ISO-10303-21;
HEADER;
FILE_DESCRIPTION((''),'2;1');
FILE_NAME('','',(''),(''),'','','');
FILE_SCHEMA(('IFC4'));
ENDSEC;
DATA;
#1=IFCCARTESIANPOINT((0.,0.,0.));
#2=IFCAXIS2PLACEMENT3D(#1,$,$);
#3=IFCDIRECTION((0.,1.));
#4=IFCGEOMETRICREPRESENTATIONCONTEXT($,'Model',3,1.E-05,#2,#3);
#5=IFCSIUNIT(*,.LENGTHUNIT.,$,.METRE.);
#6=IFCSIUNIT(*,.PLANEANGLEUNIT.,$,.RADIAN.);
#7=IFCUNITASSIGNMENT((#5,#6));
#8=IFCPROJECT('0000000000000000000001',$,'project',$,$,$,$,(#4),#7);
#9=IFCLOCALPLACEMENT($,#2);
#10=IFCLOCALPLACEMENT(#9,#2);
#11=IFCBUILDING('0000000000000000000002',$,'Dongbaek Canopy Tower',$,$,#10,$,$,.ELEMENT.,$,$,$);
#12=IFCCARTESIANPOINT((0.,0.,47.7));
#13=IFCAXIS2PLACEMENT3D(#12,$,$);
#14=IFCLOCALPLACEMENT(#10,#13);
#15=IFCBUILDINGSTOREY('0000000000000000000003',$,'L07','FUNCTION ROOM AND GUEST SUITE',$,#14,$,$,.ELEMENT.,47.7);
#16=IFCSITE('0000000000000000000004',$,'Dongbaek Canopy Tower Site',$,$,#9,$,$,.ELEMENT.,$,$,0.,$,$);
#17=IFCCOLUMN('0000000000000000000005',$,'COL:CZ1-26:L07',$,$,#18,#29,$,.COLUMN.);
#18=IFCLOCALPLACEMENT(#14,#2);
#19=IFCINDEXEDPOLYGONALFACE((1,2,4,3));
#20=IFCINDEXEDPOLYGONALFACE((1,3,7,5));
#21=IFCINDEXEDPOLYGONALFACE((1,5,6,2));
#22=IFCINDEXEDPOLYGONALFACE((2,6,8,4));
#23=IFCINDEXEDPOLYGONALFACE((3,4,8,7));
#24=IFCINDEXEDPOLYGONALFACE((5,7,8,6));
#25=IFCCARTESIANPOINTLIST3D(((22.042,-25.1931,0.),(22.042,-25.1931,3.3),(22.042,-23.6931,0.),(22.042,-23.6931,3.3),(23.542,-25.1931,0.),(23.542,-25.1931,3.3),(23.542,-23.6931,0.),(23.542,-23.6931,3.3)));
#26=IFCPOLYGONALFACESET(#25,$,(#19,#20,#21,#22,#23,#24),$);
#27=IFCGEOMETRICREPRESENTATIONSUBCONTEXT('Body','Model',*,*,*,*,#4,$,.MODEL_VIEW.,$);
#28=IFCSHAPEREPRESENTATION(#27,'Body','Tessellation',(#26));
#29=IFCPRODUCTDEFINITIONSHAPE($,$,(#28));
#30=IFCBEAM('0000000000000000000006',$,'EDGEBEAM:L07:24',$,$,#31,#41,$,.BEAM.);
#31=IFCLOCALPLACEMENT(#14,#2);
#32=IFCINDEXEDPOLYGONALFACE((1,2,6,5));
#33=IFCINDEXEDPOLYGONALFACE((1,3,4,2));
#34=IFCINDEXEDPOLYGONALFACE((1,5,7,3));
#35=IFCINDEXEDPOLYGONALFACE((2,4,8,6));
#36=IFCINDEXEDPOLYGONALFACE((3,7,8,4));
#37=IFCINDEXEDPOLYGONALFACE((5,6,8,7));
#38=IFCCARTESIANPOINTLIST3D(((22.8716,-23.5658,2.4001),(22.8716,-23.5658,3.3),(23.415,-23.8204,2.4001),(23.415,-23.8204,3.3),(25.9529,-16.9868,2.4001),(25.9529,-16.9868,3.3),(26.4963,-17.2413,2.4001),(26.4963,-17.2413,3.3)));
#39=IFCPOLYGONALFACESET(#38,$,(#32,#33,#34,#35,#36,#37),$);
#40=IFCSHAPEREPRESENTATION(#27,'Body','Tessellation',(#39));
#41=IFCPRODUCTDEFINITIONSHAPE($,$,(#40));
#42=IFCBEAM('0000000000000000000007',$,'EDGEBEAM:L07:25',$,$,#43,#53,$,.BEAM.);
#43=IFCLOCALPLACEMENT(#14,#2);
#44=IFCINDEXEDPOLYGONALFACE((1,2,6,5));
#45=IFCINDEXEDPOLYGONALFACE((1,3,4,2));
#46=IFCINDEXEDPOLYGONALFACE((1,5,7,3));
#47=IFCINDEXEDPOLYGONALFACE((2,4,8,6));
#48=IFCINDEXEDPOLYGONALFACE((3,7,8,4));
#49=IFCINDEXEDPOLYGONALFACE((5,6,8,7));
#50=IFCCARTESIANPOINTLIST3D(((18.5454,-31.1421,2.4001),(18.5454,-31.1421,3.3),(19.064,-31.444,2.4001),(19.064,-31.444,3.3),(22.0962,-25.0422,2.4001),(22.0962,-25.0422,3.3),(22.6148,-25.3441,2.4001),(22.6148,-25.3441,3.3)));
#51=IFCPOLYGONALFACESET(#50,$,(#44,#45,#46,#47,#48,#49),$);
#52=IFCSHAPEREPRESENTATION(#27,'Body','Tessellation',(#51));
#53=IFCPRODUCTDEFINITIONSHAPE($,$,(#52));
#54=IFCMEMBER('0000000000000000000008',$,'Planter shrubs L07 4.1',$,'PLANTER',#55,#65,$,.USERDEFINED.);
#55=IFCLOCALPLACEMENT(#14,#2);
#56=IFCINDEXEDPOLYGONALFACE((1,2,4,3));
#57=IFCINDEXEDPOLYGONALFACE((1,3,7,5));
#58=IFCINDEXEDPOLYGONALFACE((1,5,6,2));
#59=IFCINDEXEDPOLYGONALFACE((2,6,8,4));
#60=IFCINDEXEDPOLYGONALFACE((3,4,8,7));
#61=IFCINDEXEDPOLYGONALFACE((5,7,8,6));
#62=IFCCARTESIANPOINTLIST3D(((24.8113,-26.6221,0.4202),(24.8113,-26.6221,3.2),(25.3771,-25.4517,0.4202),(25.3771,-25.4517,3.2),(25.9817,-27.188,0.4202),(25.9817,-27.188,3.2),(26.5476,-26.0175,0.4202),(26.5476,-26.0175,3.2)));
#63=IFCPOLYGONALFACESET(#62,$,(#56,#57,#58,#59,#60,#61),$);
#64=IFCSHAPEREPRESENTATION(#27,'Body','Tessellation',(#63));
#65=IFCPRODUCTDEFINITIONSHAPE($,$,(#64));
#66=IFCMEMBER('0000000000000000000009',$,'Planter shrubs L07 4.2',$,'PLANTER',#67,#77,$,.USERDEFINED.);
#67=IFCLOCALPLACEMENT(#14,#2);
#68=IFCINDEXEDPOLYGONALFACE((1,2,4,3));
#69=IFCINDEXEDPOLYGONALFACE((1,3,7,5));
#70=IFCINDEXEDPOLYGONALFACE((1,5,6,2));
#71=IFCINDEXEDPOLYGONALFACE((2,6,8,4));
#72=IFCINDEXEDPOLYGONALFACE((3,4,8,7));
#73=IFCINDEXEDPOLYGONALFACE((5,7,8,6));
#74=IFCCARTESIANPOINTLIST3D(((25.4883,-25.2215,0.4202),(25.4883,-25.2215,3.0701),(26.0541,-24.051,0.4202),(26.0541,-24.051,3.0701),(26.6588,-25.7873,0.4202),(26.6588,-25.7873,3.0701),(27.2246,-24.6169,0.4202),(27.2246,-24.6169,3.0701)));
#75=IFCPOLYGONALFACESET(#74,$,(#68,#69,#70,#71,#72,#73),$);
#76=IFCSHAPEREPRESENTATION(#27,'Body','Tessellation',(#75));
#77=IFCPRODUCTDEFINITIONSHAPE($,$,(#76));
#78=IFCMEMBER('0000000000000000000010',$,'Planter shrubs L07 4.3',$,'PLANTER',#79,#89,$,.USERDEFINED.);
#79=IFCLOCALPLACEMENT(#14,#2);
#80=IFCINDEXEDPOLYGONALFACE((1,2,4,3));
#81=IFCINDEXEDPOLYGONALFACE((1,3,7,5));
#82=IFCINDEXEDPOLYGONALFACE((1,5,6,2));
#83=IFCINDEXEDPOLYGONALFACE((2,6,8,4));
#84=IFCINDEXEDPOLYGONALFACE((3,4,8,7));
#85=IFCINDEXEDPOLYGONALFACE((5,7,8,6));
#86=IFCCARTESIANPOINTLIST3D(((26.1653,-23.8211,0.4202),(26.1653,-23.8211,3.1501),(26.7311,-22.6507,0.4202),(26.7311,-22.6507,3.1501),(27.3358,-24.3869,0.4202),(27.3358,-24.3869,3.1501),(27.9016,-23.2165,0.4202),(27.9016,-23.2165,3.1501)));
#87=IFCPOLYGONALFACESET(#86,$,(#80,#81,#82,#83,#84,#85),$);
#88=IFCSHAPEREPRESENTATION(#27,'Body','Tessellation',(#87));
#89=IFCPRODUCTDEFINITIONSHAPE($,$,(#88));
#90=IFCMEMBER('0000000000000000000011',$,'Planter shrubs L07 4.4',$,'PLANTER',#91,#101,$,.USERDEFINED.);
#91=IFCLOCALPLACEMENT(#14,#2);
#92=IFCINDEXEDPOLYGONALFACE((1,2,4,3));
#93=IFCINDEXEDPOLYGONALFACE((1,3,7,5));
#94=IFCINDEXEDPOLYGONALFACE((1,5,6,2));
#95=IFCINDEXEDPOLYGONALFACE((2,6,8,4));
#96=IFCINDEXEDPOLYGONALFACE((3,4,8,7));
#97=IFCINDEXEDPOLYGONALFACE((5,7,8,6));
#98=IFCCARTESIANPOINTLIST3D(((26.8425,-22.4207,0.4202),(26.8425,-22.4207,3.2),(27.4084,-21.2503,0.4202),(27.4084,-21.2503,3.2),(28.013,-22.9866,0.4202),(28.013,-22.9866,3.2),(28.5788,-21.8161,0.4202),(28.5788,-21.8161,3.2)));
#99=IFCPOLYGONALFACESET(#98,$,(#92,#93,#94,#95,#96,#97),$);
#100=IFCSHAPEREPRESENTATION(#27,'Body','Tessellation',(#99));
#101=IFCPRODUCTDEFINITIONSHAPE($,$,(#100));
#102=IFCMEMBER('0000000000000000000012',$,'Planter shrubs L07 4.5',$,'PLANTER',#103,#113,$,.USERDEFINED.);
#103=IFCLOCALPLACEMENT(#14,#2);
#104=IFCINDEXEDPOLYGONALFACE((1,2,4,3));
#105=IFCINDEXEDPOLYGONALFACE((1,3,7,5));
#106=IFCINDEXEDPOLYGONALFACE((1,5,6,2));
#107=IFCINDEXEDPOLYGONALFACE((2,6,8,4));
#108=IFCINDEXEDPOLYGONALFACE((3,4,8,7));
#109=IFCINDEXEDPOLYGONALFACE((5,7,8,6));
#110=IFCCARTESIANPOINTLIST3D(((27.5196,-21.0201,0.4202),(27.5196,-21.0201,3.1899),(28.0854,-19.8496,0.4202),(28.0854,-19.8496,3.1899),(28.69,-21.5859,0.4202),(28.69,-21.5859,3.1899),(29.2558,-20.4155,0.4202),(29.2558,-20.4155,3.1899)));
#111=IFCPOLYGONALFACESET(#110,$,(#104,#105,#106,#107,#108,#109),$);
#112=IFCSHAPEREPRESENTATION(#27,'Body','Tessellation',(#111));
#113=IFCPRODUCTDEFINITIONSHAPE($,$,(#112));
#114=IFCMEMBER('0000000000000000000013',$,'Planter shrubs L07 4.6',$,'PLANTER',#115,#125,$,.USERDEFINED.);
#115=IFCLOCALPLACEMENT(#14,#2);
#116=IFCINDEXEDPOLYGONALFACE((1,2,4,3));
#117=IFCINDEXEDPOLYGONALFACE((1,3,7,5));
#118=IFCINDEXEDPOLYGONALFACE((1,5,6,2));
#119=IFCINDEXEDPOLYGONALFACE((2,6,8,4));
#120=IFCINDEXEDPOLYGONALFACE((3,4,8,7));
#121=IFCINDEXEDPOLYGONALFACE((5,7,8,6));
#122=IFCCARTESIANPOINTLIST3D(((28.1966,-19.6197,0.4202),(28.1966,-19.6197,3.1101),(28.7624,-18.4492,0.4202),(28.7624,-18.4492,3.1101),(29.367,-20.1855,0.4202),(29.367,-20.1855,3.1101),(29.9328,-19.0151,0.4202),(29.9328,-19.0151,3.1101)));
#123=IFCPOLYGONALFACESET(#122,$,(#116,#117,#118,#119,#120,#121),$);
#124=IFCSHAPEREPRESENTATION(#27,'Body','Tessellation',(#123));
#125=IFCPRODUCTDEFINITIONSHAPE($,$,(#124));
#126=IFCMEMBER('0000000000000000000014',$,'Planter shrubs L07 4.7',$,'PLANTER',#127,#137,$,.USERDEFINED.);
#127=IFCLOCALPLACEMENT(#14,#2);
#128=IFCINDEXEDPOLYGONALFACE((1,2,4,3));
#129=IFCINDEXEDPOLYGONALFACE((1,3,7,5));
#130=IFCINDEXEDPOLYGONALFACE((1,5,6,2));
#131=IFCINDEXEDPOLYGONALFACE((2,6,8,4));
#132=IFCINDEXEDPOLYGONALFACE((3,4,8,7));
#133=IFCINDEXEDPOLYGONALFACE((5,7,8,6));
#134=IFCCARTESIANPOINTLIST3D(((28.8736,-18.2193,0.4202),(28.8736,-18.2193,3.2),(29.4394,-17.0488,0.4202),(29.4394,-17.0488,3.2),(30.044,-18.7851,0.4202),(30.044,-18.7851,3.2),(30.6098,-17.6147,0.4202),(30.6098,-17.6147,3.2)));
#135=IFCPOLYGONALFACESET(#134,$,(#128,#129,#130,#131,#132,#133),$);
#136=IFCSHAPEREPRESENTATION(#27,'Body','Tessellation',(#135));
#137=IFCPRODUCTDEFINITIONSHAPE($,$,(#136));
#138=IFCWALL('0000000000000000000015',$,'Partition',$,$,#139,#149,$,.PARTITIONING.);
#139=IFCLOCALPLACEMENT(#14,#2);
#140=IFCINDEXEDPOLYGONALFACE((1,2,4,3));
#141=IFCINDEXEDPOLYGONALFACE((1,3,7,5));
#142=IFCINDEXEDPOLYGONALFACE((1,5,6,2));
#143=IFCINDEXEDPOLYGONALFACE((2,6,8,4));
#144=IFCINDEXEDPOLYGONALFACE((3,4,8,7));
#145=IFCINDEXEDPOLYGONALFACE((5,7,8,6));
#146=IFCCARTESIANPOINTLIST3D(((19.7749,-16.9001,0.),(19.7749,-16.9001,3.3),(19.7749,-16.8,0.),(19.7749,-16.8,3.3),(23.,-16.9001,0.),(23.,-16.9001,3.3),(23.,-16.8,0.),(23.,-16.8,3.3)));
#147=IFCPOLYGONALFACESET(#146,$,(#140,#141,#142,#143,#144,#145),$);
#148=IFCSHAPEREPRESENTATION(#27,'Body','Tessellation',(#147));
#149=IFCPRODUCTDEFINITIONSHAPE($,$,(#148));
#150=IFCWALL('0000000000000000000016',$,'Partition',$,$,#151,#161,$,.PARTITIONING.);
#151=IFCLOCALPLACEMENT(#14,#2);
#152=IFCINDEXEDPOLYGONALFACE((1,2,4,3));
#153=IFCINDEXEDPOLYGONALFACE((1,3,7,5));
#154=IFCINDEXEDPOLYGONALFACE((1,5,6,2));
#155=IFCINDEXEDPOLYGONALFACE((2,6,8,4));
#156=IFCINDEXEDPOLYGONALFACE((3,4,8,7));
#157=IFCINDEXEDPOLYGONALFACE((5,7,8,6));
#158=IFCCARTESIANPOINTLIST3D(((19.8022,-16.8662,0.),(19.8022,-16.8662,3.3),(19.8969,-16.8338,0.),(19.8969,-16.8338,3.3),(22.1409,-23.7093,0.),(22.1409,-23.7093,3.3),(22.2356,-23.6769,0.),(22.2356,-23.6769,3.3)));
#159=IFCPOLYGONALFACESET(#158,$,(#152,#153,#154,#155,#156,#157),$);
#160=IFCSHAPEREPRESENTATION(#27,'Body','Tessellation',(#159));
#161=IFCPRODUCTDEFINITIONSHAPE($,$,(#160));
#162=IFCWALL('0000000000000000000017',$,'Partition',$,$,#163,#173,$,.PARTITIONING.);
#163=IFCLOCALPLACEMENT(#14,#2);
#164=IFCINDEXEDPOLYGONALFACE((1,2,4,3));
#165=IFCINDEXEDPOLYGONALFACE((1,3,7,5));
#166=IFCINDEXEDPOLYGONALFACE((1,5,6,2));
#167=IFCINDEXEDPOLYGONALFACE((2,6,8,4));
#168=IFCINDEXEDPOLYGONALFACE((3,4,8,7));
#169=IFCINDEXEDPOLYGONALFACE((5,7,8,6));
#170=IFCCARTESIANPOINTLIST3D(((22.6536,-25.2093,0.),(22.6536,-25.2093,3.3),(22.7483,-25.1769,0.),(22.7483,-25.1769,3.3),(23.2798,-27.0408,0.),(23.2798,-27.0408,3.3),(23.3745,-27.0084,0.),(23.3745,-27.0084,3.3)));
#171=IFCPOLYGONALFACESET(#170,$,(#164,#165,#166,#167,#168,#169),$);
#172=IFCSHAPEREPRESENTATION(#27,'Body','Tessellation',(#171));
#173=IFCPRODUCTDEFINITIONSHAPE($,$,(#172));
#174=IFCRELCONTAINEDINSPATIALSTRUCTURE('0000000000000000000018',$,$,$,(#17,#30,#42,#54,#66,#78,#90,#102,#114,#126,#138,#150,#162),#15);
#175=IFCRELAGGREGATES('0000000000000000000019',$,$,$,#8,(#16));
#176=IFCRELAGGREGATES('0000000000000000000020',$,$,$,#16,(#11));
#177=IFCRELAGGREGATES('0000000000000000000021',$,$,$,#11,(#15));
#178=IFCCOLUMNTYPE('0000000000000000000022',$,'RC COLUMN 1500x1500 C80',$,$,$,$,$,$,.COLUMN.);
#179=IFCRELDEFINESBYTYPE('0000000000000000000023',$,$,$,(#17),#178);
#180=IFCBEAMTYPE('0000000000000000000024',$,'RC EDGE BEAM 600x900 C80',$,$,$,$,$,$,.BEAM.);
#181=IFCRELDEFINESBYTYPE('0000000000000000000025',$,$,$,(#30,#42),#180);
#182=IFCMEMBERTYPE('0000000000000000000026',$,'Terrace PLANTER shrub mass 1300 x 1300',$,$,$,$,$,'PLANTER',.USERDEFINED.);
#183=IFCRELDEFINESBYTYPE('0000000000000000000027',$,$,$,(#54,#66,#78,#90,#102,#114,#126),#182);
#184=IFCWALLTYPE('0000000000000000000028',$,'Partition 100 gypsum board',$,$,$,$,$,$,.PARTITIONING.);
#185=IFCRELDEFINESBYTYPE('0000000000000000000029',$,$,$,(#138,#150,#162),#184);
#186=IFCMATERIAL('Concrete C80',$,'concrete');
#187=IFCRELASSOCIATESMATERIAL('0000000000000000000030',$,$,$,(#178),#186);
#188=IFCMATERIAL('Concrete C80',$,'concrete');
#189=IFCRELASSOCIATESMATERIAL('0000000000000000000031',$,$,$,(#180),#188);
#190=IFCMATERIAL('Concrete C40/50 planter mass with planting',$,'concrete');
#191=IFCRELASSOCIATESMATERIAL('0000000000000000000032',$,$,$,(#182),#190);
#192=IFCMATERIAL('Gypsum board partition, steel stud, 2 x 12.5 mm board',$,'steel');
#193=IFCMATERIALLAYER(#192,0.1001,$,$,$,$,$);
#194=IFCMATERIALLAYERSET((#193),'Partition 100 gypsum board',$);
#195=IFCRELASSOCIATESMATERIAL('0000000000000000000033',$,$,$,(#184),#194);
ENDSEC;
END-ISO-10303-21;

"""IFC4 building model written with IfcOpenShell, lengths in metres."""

from ifc_helpers import new_model, si_unit, direction, frame, frame_2d, origin, origin_2d, place, context, subcontext, project, spatial, rectangle, extrude, material, layer, layer_set, material_profile, profile_set, type_object, element, save


model = new_model("IFC4")

# Units and contexts
model_context = context("Model", 3, precision=1e-05, world=origin(), true_north=direction((0.0, 1.0)))
body_context = subcontext(model_context, "Body", "Model", "MODEL_VIEW")
ifc_project = project(units=[si_unit("LENGTHUNIT", "METRE"), si_unit("PLANEANGLEUNIT", "RADIAN")], contexts=[model_context])

# Site, building, storey
site_placement = place(None, origin())
site = spatial("IfcSite", under=ifc_project, at=site_placement, Name="Dongbaek Canopy Tower Site", CompositionType="ELEMENT", RefElevation=0.0)
building_placement = place(site_placement, origin())
building = spatial("IfcBuilding", under=site, at=building_placement, Name="Dongbaek Canopy Tower", CompositionType="ELEMENT")
storey_placement = place(building_placement, frame((0.0, 0.0, 47.7)))
storey = spatial("IfcBuildingStorey", under=building, at=storey_placement, Name="L07", Description="FUNCTION ROOM AND GUEST SUITE", CompositionType="ELEMENT", Elevation=47.7)

# Column
ifc_material_1 = material(Name="Concrete C80", Category="concrete")
ifc_material_profile_1 = material_profile(ifc_material_1, rectangle(XDim=1.5, YDim=1.5, at=origin_2d()), Name="RC COLUMN 1500x1500 C80")
ifc_profile_set_1 = profile_set([ifc_material_profile_1], Name="Concrete C80")
column_type = type_object("IfcColumnType", Name="RC COLUMN 1500x1500 C80", PredefinedType="COLUMN", material=ifc_profile_set_1)
column_placement = place(storey_placement, frame((22.792, -24.4431, 0.0), z_axis=(0.0, 0.0, 1.0), x_axis=(1.0, 0.0, 0.0)))
element("IfcColumn", 1, at=column_placement, inside=storey, type_object=column_type, Name="COL:CZ1-26:L07", PredefinedType="COLUMN", context=body_context, shape_type="SweptSolid", body=[
    extrude(rectangle(XDim=1.5, YDim=1.5, at=origin_2d()), origin(), (0.0, 0.0, 1.0), 3.3),
])

# Beams
ifc_material_2 = material(Name="Concrete C80", Category="concrete")
ifc_material_profile_2 = material_profile(ifc_material_2, rectangle(XDim=0.6001, YDim=0.8999, at=origin_2d()), Name="RC EDGE BEAM 600x900 C80")
ifc_profile_set_2 = profile_set([ifc_material_profile_2], Name="Concrete C80")
beam_type = type_object("IfcBeamType", Name="RC EDGE BEAM 600x900 C80", PredefinedType="BEAM", material=ifc_profile_set_2)
beam_1_placement = place(storey_placement, frame((26.2246, -17.114, 2.8501), z_axis=(-0.424134, -0.905599, 0.0), x_axis=(0.905599, -0.424134, 0.0)))
element("IfcBeam", 2, at=beam_1_placement, inside=storey, type_object=beam_type, Name="EDGEBEAM:L07:24", PredefinedType="BEAM", context=body_context, shape_type="SweptSolid", body=[
    extrude(rectangle(XDim=0.6001, YDim=0.8999, at=origin_2d()), origin(), (0.0, 0.0, 1.0), 7.2649),
])
beam_2_placement = place(storey_placement, frame((22.3555, -25.1931, 2.8501), z_axis=(-0.503082, -0.864239, 0.0), x_axis=(0.864239, -0.503082, 0.0)))
element("IfcBeam", 3, at=beam_2_placement, inside=storey, type_object=beam_type, Name="EDGEBEAM:L07:25", PredefinedType="BEAM", context=body_context, shape_type="SweptSolid", body=[
    extrude(rectangle(XDim=0.6001, YDim=0.8999, at=origin_2d()), origin(), (0.0, 0.0, 1.0), 7.0581),
])

# Members
ifc_material_3 = material(Name="Concrete C40/50 planter mass with planting", Category="concrete")
ifc_material_profile_3 = material_profile(ifc_material_3, rectangle(XDim=1.3, YDim=1.3, at=origin_2d()), Name="Terrace PLANTER shrub mass 1300 x 1300")
ifc_profile_set_3 = profile_set([ifc_material_profile_3], Name="Concrete C40/50 planter mass with planting")
member_type = type_object("IfcMemberType", Name="Terrace PLANTER shrub mass 1300 x 1300", ElementType="PLANTER", PredefinedType="USERDEFINED", material=ifc_profile_set_3)
member_1_placement = place(storey_placement, frame((25.6794, -26.3198, 0.4202), z_axis=(0.0, 0.0, 1.0), x_axis=(0.900312, -0.435245, 0.0)))
element("IfcMember", 4, at=member_1_placement, inside=storey, type_object=member_type, Name="Planter shrubs L07 4.1", ObjectType="PLANTER", PredefinedType="USERDEFINED", context=body_context, shape_type="SweptSolid", body=[
    extrude(rectangle(XDim=1.3, YDim=1.3, at=origin_2d()), origin(), (0.0, 0.0, 1.0), 2.7798),
])
member_2_placement = place(storey_placement, frame((26.3564, -24.9192, 0.4202), z_axis=(0.0, 0.0, 1.0), x_axis=(0.900312, -0.435245, 0.0)))
element("IfcMember", 5, at=member_2_placement, inside=storey, type_object=member_type, Name="Planter shrubs L07 4.2", ObjectType="PLANTER", PredefinedType="USERDEFINED", context=body_context, shape_type="SweptSolid", body=[
    extrude(rectangle(XDim=1.3, YDim=1.3, at=origin_2d()), origin(), (0.0, 0.0, 1.0), 2.6499),
])
member_3_placement = place(storey_placement, frame((27.0334, -23.5188, 0.4202), z_axis=(0.0, 0.0, 1.0), x_axis=(0.900312, -0.435245, 0.0)))
element("IfcMember", 6, at=member_3_placement, inside=storey, type_object=member_type, Name="Planter shrubs L07 4.3", ObjectType="PLANTER", PredefinedType="USERDEFINED", context=body_context, shape_type="SweptSolid", body=[
    extrude(rectangle(XDim=1.3, YDim=1.3, at=origin_2d()), origin(), (0.0, 0.0, 1.0), 2.73),
])
member_4_placement = place(storey_placement, frame((27.7107, -22.1184, 0.4202), z_axis=(0.0, 0.0, 1.0), x_axis=(0.900312, -0.435245, 0.0)))
element("IfcMember", 7, at=member_4_placement, inside=storey, type_object=member_type, Name="Planter shrubs L07 4.4", ObjectType="PLANTER", PredefinedType="USERDEFINED", context=body_context, shape_type="SweptSolid", body=[
    extrude(rectangle(XDim=1.3, YDim=1.3, at=origin_2d()), origin(), (0.0, 0.0, 1.0), 2.7798),
])
member_5_placement = place(storey_placement, frame((28.3877, -20.7178, 0.4202), z_axis=(0.0, 0.0, 1.0), x_axis=(0.900312, -0.435245, 0.0)))
element("IfcMember", 8, at=member_5_placement, inside=storey, type_object=member_type, Name="Planter shrubs L07 4.5", ObjectType="PLANTER", PredefinedType="USERDEFINED", context=body_context, shape_type="SweptSolid", body=[
    extrude(rectangle(XDim=1.3, YDim=1.3, at=origin_2d()), origin(), (0.0, 0.0, 1.0), 2.7698),
])
member_6_placement = place(storey_placement, frame((29.0647, -19.3174, 0.4202), z_axis=(0.0, 0.0, 1.0), x_axis=(0.900312, -0.435245, 0.0)))
element("IfcMember", 9, at=member_6_placement, inside=storey, type_object=member_type, Name="Planter shrubs L07 4.6", ObjectType="PLANTER", PredefinedType="USERDEFINED", context=body_context, shape_type="SweptSolid", body=[
    extrude(rectangle(XDim=1.3, YDim=1.3, at=origin_2d()), origin(), (0.0, 0.0, 1.0), 2.6899),
])
member_7_placement = place(storey_placement, frame((29.7417, -17.917, 0.4202), z_axis=(0.0, 0.0, 1.0), x_axis=(0.900312, -0.435245, 0.0)))
element("IfcMember", 10, at=member_7_placement, inside=storey, type_object=member_type, Name="Planter shrubs L07 4.7", ObjectType="PLANTER", PredefinedType="USERDEFINED", context=body_context, shape_type="SweptSolid", body=[
    extrude(rectangle(XDim=1.3, YDim=1.3, at=origin_2d()), origin(), (0.0, 0.0, 1.0), 2.7798),
])

# Walls
ifc_material_4 = material(Name="Gypsum board partition, steel stud, 2 x 12.5 mm board", Category="steel")
ifc_layer = layer(ifc_material_4, 0.1001)
ifc_layer_set = layer_set([ifc_layer], Name="Partition 100 gypsum board")
wall_type = type_object("IfcWallType", Name="Partition 100 gypsum board", PredefinedType="PARTITIONING", material=ifc_layer_set)
wall_1_placement = place(storey_placement, frame((19.7749, -16.8501, 0.0), z_axis=(0.0, 0.0, 1.0), x_axis=(1.0, 0.0, 0.0)))
element("IfcWall", 11, at=wall_1_placement, inside=storey, type_object=wall_type, Name="Partition", PredefinedType="PARTITIONING", context=body_context, shape_type="SweptSolid", body=[
    extrude(rectangle(XDim=3.2251, YDim=0.1001, at=frame_2d((1.6125, 0.0))), origin(), (0.0, 0.0, 1.0), 3.3),
])
wall_2_placement = place(storey_placement, frame((19.8496, -16.8501, 0.0), z_axis=(0.0, 0.0, 1.0), x_axis=(0.323389, -0.946266, 0.0)))
element("IfcWall", 12, at=wall_2_placement, inside=storey, type_object=wall_type, Name="Partition", PredefinedType="PARTITIONING", context=body_context, shape_type="SweptSolid", body=[
    extrude(rectangle(XDim=7.2317, YDim=0.1001, at=frame_2d((3.6157, 0.0))), origin(), (0.0, 0.0, 1.0), 3.3),
])
wall_3_placement = place(storey_placement, frame((22.7009, -25.1931, 0.0), z_axis=(0.0, 0.0, 1.0), x_axis=(0.323521, -0.946221, 0.0)))
element("IfcWall", 13, at=wall_3_placement, inside=storey, type_object=wall_type, Name="Partition", PredefinedType="PARTITIONING", context=body_context, shape_type="SweptSolid", body=[
    extrude(rectangle(XDim=1.9355, YDim=0.1001, at=frame_2d((0.9678, 0.0))), origin(), (0.0, 0.0, 1.0), 3.3),
])

save(model, "model.ifc")
